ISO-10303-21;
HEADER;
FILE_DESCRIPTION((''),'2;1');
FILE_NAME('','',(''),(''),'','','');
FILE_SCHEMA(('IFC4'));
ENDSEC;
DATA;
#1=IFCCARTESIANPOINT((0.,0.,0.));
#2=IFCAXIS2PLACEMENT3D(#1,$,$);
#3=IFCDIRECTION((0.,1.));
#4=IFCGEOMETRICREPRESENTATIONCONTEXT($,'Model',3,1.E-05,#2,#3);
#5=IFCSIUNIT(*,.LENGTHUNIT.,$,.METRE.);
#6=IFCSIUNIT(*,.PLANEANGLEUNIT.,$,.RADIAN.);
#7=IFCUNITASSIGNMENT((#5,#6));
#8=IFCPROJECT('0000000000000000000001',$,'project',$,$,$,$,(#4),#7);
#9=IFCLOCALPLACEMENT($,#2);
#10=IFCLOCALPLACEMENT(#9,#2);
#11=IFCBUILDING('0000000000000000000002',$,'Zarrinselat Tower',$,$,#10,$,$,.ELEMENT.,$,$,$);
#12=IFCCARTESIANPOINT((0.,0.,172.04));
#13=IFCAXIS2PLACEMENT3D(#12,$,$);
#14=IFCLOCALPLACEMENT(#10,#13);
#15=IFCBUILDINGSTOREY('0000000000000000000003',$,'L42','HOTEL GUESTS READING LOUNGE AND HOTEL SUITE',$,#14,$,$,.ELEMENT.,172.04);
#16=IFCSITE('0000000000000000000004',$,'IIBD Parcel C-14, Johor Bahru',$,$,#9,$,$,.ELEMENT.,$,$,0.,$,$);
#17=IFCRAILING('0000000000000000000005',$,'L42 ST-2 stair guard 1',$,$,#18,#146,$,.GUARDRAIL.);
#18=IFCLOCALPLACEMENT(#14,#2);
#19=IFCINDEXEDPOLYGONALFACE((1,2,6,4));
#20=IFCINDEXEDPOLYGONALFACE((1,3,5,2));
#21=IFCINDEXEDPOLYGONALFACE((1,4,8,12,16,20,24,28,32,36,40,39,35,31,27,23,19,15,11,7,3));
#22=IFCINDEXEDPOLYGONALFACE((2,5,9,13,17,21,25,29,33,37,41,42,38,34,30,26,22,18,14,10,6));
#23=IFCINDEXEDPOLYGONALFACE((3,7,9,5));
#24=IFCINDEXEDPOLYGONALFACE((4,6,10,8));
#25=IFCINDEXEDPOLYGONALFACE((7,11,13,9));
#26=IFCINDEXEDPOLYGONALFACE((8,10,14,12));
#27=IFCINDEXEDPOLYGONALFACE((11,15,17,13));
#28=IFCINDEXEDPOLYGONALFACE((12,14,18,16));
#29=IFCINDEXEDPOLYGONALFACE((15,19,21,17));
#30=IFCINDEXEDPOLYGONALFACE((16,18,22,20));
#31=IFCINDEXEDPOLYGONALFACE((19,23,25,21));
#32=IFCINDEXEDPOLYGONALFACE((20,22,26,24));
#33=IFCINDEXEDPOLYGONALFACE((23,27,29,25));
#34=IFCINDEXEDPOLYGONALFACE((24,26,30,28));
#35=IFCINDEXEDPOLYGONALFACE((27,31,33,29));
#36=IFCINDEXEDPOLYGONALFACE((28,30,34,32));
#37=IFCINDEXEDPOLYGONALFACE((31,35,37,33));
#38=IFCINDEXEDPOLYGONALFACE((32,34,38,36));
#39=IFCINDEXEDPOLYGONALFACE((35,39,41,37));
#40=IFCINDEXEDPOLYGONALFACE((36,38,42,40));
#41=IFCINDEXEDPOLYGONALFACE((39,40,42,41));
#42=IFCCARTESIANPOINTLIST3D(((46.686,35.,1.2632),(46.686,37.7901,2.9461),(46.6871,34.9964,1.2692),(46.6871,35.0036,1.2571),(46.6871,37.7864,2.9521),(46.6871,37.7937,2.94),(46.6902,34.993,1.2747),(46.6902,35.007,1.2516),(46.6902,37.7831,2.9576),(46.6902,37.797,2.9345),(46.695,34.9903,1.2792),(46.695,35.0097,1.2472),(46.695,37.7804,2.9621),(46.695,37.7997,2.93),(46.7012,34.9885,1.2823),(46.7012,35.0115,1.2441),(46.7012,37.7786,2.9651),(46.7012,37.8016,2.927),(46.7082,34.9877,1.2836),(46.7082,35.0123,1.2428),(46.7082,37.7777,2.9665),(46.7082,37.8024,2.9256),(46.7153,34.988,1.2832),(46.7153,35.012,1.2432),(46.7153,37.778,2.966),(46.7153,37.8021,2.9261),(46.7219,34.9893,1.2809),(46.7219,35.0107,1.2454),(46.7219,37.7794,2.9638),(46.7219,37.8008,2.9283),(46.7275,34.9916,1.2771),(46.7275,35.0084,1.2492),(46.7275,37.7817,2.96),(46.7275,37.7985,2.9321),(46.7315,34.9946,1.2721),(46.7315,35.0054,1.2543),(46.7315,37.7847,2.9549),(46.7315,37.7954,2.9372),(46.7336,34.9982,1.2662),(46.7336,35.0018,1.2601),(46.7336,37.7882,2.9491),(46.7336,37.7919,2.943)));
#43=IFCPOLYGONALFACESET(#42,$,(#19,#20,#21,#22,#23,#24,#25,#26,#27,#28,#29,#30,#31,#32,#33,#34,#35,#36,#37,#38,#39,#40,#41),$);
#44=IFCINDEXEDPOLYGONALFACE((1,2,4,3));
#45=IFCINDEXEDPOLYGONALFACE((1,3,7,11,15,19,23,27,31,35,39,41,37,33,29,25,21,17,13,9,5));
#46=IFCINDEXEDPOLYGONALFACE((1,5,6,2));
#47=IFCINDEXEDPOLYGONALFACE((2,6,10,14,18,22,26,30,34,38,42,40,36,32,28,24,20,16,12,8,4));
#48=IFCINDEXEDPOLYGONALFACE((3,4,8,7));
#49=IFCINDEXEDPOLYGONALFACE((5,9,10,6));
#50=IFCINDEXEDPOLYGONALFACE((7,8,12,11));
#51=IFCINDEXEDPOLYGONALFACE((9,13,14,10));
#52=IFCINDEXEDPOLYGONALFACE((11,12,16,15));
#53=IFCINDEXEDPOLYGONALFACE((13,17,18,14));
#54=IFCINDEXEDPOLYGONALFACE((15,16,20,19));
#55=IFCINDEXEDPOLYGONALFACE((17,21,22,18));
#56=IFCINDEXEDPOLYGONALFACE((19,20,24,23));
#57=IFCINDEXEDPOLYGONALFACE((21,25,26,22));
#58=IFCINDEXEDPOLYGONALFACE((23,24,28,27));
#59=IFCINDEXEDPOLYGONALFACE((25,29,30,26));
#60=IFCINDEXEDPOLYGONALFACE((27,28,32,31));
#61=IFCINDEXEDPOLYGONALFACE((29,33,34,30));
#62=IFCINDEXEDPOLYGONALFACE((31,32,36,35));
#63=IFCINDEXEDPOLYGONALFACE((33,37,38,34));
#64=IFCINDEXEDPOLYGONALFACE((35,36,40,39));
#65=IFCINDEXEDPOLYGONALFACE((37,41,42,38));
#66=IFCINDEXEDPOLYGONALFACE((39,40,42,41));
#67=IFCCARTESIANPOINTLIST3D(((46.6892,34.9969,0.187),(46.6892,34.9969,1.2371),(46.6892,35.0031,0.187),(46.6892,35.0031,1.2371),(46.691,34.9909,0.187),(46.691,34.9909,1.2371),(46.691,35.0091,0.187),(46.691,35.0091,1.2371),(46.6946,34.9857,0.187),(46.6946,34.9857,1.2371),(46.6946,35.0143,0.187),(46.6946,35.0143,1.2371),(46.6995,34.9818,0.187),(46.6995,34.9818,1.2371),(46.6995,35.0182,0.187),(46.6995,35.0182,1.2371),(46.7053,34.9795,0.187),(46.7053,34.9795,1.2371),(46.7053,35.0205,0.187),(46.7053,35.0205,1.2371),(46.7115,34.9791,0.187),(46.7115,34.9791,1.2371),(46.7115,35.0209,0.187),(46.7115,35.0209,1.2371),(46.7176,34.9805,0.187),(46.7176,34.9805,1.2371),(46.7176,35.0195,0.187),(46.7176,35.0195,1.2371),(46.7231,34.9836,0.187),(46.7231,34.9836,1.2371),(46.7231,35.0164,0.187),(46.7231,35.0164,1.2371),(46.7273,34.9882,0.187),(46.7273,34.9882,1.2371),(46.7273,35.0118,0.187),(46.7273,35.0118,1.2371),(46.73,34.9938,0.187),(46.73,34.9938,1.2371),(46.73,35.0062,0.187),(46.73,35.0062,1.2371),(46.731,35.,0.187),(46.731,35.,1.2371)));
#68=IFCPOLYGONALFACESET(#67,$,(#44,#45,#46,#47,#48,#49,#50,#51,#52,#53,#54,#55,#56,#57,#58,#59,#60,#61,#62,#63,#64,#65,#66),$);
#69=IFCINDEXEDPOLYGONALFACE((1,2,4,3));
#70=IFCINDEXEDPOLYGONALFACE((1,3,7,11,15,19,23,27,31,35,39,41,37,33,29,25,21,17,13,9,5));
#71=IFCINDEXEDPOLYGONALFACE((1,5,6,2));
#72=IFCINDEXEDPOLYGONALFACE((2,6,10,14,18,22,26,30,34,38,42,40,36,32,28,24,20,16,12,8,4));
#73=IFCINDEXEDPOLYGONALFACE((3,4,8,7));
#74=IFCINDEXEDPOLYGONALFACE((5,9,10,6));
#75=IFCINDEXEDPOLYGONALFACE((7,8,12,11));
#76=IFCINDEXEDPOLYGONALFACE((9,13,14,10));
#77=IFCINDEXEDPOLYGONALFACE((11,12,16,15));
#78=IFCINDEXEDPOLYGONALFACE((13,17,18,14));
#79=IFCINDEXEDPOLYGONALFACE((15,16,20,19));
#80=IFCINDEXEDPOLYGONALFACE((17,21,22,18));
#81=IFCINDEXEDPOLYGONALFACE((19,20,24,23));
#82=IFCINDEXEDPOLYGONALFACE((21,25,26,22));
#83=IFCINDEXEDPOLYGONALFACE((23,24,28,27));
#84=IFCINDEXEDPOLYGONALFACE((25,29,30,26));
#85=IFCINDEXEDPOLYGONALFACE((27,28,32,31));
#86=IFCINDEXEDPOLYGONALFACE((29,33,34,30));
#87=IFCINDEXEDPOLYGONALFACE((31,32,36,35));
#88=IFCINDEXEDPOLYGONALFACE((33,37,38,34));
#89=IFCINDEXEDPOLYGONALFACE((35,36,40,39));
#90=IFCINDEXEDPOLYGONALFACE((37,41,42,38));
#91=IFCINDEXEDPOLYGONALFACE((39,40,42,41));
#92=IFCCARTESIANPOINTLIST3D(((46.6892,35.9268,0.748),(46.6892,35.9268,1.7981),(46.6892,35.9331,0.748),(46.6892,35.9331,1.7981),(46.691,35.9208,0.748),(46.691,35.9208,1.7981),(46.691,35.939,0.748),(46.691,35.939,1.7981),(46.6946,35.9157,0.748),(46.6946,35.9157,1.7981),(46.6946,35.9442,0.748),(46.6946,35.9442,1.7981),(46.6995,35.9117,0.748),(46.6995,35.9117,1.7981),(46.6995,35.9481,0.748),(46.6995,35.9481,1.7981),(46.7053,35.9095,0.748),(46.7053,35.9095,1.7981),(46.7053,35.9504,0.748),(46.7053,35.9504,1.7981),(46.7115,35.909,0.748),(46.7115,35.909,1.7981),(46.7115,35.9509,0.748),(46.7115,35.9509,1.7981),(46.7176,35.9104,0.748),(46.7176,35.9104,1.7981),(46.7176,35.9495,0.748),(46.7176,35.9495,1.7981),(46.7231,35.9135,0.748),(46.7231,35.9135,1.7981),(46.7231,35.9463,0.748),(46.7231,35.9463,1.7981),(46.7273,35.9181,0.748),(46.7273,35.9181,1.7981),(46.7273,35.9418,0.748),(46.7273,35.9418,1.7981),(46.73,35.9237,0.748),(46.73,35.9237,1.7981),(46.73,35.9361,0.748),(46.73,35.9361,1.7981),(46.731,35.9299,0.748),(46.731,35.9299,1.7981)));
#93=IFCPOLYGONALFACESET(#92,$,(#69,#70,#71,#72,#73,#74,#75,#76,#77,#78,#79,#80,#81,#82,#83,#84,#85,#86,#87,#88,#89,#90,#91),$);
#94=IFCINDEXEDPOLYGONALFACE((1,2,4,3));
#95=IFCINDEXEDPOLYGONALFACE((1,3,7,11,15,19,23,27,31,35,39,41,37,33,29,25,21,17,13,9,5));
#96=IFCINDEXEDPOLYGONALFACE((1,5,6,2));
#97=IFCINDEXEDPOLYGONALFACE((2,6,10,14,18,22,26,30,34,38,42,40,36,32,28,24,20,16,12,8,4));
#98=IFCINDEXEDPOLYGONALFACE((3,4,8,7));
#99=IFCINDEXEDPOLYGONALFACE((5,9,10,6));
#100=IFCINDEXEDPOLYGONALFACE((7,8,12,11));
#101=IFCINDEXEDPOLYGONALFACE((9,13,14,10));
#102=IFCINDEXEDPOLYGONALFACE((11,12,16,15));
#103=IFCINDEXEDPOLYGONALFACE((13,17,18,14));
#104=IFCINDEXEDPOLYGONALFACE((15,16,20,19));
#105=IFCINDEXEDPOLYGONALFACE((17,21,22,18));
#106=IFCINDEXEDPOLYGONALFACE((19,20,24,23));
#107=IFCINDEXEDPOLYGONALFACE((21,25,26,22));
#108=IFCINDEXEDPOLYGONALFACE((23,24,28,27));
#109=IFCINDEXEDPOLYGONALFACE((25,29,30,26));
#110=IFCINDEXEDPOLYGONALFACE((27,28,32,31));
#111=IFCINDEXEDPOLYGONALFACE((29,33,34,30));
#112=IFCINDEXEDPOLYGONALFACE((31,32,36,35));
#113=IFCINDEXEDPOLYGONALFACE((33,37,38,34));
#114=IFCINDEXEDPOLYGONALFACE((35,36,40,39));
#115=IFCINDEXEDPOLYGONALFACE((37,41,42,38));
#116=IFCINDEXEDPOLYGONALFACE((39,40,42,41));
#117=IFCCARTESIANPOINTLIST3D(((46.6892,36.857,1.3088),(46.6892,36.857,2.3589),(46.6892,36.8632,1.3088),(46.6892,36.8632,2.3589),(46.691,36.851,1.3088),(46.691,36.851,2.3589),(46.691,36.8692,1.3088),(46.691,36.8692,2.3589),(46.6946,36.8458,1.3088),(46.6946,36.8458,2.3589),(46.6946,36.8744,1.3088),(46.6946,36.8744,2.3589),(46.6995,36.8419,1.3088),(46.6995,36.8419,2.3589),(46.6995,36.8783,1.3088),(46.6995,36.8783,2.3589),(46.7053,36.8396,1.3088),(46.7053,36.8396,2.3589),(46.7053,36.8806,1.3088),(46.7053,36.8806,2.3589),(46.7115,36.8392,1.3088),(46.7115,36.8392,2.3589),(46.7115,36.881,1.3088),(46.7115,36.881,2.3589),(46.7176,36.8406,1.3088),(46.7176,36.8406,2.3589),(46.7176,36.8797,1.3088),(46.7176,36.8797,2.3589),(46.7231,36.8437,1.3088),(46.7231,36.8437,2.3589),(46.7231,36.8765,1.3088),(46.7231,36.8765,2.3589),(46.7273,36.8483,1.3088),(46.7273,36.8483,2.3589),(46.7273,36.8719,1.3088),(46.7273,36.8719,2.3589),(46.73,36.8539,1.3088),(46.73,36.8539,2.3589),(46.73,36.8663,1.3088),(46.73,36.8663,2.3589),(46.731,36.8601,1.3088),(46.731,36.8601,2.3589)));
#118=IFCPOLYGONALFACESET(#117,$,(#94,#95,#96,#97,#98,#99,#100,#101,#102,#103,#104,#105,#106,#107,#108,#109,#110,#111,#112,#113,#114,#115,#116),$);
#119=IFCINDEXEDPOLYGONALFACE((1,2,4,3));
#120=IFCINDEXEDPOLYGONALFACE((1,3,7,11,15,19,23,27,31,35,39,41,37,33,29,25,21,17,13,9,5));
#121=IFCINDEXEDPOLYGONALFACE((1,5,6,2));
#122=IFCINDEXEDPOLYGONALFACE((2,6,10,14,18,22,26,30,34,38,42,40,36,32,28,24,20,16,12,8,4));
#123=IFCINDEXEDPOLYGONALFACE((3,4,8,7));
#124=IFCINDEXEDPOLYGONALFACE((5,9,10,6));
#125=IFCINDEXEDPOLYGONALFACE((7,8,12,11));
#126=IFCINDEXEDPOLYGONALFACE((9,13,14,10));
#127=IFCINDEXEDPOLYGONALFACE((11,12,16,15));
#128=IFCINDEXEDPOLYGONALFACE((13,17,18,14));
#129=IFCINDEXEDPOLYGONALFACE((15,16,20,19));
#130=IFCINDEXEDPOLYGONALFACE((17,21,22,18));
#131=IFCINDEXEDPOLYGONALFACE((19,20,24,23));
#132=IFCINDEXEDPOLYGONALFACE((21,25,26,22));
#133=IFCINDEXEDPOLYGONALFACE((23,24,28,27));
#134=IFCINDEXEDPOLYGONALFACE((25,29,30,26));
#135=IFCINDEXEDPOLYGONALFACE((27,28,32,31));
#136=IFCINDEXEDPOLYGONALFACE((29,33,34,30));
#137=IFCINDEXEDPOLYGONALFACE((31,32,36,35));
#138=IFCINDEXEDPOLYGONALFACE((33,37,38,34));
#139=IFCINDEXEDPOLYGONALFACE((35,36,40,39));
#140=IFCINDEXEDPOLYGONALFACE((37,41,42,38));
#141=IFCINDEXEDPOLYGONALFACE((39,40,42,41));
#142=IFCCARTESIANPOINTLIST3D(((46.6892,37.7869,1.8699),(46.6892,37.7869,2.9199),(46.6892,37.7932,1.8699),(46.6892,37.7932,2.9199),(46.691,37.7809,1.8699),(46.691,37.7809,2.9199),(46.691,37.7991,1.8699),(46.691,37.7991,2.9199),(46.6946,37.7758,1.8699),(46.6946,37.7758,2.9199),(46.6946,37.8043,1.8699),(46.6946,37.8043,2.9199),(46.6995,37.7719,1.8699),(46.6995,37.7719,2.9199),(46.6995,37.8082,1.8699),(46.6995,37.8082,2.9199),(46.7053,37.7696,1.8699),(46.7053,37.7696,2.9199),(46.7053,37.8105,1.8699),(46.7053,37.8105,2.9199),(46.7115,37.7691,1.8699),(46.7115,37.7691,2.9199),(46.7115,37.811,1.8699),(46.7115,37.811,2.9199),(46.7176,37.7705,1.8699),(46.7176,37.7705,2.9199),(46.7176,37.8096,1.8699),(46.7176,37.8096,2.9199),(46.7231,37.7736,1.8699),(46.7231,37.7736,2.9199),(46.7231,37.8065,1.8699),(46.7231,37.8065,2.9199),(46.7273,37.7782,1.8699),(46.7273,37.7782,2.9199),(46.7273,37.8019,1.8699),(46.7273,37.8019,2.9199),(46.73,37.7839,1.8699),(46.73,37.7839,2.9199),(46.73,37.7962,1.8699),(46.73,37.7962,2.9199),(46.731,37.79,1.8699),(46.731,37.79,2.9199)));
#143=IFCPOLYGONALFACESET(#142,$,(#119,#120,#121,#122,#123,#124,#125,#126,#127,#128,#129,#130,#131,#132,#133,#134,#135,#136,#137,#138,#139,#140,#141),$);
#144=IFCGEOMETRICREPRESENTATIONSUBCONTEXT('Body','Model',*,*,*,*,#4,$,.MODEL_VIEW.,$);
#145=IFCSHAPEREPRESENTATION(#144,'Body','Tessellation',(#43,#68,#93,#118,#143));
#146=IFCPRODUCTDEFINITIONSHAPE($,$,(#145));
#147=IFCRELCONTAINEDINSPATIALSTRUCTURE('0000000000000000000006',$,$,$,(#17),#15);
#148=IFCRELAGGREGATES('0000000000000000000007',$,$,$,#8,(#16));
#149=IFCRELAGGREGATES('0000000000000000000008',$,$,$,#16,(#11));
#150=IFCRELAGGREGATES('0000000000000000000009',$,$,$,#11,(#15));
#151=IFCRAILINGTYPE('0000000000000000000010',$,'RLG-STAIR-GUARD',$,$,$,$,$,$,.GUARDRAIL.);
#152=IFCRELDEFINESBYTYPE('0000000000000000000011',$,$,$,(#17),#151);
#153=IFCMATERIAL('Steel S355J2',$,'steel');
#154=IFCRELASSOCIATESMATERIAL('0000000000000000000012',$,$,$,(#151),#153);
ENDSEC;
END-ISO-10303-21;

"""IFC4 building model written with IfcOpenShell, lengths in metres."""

from ifc_helpers import new_model, si_unit, direction, frame, origin, origin_2d, place, context, subcontext, project, spatial, circle, extrude, material, type_object, element, save


model = new_model("IFC4")

# Units and contexts
model_context = context("Model", 3, precision=1e-05, world=origin(), true_north=direction((0.0, 1.0)))
body_context = subcontext(model_context, "Body", "Model", "MODEL_VIEW")
ifc_project = project(units=[si_unit("LENGTHUNIT", "METRE"), si_unit("PLANEANGLEUNIT", "RADIAN")], contexts=[model_context])

# Site, building, storey
site_placement = place(None, origin())
site = spatial("IfcSite", under=ifc_project, at=site_placement, Name="IIBD Parcel C-14, Johor Bahru", CompositionType="ELEMENT", RefElevation=0.0)
building_placement = place(site_placement, origin())
building = spatial("IfcBuilding", under=site, at=building_placement, Name="Zarrinselat Tower", CompositionType="ELEMENT")
storey_placement = place(building_placement, frame((0.0, 0.0, 172.04)))
storey = spatial("IfcBuildingStorey", under=building, at=storey_placement, Name="L42", Description="HOTEL GUESTS READING LOUNGE AND HOTEL SUITE", CompositionType="ELEMENT", Elevation=172.04)

# Railing
ifc_material_1 = material(Name="Steel S355J2", Category="steel")
railing_type_1 = type_object("IfcRailingType", Name="RLG-STAIR-GUARD", PredefinedType="GUARDRAIL", material=ifc_material_1)
railing_1_placement = place(storey_placement, frame((46.71, 35.0, 0.187)))
element("IfcRailing", 1, at=railing_1_placement, inside=storey, type_object=railing_type_1, Name="L42 ST-2 stair guard 1", PredefinedType="GUARDRAIL", context=body_context, shape_type="SweptSolid", body=[
    extrude(circle(Radius=0.0239, at=origin_2d()), frame((0.0, 0.0, 1.0762), z_axis=(0.0, 0.856294, 0.516489), x_axis=(-1.0, 0.0, 0.0)), (0.0, 0.0, 1.0), 3.2583),
    extrude(circle(Radius=0.021, at=origin_2d()), origin(), (0.0, 0.0, 1.0), 1.05),
    extrude(circle(Radius=0.021, at=origin_2d()), frame((0.0, 0.9299, 0.561)), (0.0, 0.0, 1.0), 1.05),
    extrude(circle(Radius=0.021, at=origin_2d()), frame((0.0, 1.8601, 1.1218)), (0.0, 0.0, 1.0), 1.05),
    extrude(circle(Radius=0.021, at=origin_2d()), frame((0.0, 2.79, 1.6829)), (0.0, 0.0, 1.0), 1.05),
])

save(model, "model.ifc")
